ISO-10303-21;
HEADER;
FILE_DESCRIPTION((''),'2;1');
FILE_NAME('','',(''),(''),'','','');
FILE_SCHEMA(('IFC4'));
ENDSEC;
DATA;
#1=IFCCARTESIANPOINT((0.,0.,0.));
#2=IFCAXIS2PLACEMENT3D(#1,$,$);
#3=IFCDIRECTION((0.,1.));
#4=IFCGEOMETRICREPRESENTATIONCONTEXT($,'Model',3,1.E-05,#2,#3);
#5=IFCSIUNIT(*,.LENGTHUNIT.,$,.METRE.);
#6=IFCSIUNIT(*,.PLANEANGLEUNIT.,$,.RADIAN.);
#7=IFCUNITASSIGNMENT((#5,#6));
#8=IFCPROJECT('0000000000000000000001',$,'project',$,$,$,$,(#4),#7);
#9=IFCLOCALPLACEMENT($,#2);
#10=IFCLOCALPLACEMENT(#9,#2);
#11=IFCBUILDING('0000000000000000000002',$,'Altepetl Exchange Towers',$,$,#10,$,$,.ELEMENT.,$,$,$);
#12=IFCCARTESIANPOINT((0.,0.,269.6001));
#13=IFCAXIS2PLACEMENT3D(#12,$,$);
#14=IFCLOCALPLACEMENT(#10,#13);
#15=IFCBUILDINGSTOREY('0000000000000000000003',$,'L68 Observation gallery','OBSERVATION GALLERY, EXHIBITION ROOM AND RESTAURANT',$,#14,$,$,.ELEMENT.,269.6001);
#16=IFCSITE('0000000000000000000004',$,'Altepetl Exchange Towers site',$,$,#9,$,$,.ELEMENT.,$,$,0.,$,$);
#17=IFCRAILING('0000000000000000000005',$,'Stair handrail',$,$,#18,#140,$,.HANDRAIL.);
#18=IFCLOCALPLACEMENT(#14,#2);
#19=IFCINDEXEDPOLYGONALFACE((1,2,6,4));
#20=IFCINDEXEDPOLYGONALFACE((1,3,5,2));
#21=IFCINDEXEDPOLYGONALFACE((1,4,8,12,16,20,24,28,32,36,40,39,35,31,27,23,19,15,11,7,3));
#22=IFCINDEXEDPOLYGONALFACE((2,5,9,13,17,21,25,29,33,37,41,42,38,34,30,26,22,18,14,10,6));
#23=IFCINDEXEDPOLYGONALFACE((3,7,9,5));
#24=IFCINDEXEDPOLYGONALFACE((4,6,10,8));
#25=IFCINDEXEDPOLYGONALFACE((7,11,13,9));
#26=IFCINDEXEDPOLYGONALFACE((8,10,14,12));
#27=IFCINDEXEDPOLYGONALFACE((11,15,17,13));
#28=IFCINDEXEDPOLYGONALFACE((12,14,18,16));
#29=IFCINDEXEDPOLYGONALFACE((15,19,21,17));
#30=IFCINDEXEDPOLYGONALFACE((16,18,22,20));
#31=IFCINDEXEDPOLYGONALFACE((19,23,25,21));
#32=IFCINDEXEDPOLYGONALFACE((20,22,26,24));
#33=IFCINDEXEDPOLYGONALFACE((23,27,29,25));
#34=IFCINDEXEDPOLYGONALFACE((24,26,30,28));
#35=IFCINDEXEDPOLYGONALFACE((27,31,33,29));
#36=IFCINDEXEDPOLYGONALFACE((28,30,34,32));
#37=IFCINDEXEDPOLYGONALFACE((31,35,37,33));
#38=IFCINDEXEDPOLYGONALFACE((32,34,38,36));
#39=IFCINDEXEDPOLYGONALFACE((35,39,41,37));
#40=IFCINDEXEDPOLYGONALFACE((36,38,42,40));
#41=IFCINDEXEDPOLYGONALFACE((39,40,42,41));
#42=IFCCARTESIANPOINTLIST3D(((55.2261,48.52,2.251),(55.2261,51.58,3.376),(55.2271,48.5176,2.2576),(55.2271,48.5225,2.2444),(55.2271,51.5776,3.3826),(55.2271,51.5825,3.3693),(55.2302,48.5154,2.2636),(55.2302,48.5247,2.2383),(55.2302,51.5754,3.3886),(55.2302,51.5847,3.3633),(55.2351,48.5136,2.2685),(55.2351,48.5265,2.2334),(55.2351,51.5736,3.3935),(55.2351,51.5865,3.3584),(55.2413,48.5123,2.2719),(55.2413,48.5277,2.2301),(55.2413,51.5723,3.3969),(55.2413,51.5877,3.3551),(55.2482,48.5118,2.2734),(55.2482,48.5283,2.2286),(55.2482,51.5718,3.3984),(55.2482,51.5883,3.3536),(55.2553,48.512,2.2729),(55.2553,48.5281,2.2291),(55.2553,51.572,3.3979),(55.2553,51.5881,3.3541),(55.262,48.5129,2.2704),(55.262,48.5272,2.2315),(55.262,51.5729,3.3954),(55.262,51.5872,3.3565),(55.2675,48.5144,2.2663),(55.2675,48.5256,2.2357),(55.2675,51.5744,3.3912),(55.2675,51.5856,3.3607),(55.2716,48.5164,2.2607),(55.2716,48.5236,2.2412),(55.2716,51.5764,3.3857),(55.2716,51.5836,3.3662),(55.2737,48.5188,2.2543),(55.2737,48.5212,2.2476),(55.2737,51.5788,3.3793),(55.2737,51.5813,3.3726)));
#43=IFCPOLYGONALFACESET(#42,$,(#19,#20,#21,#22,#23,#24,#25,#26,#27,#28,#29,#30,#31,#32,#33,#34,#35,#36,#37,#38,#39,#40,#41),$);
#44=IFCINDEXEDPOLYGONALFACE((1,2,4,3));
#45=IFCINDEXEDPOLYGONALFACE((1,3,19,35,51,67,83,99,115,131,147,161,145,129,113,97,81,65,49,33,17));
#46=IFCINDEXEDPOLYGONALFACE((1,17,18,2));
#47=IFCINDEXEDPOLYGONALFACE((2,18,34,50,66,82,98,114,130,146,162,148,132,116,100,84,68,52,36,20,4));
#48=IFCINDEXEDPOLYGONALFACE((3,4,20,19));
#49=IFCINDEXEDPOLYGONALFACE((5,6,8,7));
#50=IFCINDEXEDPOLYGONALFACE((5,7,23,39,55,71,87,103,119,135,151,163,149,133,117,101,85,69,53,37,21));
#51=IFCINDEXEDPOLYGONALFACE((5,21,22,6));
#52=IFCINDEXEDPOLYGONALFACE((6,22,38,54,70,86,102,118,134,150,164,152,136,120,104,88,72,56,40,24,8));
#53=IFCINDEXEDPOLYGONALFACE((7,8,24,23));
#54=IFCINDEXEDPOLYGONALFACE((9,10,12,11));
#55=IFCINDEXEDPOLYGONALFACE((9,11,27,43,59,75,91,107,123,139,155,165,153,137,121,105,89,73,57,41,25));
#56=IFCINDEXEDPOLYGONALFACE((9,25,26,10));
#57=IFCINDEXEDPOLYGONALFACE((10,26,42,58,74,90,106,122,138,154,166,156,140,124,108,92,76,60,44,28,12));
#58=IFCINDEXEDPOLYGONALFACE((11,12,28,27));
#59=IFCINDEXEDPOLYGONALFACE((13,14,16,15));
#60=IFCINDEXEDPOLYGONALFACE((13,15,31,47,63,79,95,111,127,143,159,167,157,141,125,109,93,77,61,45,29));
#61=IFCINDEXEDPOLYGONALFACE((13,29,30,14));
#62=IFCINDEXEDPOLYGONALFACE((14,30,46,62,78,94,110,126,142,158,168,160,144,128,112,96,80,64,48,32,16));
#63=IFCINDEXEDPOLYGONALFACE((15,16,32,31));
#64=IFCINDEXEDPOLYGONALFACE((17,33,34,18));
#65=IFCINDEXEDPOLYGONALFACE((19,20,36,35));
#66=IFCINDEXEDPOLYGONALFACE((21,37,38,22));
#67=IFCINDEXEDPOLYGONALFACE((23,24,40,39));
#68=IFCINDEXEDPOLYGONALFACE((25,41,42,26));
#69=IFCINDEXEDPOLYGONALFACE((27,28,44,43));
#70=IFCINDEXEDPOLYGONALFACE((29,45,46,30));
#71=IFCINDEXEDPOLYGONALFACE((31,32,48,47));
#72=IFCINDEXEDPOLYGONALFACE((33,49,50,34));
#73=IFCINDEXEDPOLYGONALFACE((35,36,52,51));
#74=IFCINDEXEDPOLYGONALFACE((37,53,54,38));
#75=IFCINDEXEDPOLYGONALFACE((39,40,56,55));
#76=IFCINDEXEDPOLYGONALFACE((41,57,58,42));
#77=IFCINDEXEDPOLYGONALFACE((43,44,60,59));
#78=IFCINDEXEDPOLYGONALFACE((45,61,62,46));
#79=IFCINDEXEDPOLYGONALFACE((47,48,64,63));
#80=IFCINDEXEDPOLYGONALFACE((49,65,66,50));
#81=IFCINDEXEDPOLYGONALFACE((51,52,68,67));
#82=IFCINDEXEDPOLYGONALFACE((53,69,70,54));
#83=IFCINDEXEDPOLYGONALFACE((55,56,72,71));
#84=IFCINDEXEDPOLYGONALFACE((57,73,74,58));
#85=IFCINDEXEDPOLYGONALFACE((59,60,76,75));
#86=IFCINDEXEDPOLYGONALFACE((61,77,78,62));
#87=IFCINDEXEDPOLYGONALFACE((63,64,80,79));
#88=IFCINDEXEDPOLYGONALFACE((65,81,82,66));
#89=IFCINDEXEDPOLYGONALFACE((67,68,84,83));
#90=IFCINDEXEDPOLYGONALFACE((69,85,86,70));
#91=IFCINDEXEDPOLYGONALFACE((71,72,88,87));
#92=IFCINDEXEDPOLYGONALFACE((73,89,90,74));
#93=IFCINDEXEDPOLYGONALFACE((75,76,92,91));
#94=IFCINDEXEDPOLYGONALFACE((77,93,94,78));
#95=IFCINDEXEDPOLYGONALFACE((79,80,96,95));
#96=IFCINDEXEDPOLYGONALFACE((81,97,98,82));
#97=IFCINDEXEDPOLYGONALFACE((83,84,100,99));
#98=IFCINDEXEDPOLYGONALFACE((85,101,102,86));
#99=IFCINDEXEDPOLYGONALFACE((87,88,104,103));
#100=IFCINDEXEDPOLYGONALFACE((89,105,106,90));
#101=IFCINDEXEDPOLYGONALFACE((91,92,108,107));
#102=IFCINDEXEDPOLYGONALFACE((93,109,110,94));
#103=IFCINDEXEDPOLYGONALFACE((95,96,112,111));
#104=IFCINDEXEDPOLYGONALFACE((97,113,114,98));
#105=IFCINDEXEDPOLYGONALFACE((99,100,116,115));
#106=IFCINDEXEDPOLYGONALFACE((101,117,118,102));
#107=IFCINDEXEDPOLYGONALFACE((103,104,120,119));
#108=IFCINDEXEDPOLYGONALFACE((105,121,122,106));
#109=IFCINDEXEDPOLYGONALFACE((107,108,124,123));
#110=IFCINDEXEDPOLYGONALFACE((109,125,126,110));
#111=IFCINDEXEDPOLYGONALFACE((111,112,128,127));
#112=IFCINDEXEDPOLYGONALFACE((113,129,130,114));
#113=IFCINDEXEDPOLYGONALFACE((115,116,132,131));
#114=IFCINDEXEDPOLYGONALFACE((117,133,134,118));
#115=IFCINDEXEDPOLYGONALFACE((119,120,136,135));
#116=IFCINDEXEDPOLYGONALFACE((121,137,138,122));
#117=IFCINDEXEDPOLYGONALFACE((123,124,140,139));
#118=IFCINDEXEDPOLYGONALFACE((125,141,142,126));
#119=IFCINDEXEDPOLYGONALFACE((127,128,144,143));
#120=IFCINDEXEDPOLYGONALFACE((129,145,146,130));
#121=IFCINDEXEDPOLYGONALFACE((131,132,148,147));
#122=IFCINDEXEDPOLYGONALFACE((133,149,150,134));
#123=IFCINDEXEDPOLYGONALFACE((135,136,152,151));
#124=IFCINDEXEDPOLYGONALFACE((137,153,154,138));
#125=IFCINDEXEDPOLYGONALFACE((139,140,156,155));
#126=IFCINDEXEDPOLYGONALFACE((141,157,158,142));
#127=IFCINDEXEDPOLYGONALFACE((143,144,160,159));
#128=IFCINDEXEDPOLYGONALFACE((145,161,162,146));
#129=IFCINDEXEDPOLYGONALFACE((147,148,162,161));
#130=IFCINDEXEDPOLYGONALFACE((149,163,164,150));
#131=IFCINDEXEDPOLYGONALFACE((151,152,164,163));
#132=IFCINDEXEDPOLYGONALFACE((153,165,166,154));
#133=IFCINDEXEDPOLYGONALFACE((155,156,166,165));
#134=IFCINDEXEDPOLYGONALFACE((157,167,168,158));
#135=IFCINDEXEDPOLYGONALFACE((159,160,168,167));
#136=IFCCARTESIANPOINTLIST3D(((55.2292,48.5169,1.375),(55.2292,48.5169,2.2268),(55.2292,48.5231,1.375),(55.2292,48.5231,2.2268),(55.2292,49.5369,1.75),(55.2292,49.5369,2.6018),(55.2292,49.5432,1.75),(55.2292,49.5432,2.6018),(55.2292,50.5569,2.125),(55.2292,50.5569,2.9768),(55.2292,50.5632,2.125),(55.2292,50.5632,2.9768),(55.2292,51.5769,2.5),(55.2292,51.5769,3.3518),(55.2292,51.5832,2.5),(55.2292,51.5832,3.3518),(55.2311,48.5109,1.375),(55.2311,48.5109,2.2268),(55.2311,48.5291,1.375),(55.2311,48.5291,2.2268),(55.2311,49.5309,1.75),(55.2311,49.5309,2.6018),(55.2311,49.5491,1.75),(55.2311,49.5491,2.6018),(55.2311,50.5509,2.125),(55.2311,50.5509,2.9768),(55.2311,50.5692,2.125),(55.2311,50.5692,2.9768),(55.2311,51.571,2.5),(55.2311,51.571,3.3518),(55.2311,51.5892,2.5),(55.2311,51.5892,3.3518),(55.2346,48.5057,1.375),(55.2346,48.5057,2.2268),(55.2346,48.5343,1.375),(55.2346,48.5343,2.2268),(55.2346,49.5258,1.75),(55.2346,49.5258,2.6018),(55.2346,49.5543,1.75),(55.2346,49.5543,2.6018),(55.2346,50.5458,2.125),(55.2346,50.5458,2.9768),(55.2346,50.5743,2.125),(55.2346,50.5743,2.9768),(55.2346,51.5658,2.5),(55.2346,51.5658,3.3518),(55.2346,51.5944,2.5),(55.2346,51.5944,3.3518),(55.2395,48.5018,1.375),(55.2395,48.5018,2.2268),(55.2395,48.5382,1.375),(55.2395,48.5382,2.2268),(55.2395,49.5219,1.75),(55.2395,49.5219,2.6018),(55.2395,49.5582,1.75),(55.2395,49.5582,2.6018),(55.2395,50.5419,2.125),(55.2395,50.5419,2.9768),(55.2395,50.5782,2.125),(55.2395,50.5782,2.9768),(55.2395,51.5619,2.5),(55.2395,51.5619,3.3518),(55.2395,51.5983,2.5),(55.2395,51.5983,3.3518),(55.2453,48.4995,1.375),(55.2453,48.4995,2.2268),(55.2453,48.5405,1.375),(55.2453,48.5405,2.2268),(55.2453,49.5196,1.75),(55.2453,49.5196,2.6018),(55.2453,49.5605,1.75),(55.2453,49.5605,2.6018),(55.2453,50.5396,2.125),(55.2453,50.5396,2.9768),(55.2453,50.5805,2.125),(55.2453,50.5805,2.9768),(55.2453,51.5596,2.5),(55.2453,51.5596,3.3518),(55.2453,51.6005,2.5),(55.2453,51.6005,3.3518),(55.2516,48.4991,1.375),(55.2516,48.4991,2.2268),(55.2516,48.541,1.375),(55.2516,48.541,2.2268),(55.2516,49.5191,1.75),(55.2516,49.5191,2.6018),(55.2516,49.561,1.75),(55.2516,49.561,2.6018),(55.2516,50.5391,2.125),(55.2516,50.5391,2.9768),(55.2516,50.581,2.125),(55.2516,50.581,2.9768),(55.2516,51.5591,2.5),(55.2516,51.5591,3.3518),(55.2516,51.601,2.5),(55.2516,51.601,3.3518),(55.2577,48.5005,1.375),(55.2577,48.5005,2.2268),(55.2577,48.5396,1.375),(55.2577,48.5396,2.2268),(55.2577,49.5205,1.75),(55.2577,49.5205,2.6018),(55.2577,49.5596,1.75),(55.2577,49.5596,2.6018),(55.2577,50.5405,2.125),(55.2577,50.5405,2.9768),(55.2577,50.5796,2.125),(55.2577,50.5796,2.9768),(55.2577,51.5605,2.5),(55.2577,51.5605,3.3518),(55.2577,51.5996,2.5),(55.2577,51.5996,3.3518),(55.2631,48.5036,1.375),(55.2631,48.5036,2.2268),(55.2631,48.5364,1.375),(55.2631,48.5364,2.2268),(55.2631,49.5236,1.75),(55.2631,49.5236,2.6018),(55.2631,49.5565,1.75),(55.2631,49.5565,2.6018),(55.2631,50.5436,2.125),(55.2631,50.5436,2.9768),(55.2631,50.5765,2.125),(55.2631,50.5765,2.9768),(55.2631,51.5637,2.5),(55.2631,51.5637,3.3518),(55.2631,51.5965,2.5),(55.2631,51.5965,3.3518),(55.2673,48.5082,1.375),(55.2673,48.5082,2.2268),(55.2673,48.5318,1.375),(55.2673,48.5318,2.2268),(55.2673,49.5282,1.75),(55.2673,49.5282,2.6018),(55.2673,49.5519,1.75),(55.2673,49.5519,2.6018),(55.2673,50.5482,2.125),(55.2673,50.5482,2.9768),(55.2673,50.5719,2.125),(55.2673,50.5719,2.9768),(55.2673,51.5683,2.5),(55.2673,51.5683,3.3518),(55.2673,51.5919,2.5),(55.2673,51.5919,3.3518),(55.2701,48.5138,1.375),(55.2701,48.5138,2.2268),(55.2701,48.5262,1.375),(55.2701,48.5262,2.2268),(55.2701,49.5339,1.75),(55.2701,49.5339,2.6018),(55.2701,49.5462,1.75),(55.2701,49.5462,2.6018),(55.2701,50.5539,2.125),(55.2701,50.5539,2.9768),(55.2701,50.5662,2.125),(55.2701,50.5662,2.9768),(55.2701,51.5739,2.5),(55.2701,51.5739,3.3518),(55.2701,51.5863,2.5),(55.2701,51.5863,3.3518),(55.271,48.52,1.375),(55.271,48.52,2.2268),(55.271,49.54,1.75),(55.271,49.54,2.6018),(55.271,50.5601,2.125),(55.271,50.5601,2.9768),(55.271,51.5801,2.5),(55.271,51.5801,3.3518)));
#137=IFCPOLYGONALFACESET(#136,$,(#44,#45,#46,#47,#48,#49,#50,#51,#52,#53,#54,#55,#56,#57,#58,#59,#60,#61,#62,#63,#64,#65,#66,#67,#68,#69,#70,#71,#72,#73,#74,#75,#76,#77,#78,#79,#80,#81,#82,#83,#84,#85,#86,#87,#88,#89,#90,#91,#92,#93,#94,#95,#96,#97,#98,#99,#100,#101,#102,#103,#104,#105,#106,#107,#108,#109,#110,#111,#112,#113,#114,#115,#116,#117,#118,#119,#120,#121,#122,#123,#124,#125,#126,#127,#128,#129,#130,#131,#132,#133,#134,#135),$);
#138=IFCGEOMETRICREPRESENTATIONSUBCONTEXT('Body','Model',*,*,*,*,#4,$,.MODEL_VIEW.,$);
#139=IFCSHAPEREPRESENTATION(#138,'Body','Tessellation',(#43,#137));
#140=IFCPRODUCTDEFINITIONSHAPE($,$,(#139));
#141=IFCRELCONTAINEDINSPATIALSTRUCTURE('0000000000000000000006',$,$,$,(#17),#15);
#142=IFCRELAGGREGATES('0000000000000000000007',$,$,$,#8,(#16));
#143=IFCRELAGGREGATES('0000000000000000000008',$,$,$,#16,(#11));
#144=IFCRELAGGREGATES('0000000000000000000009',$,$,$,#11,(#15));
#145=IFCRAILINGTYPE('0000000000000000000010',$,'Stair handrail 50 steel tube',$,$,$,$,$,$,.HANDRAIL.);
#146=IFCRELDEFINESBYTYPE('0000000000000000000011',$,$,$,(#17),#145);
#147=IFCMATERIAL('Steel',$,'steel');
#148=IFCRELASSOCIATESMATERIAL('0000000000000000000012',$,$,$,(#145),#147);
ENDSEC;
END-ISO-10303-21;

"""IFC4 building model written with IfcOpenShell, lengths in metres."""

from ifc_helpers import new_model, si_unit, direction, frame, origin, origin_2d, place, context, subcontext, project, spatial, circle, extrude, source, transform, mapped, material, type_object, element, save


model = new_model("IFC4")

# Units and contexts
model_context = context("Model", 3, precision=1e-05, world=origin(), true_north=direction((0.0, 1.0)))
body_context = subcontext(model_context, "Body", "Model", "MODEL_VIEW")
ifc_project = project(units=[si_unit("LENGTHUNIT", "METRE"), si_unit("PLANEANGLEUNIT", "RADIAN")], contexts=[model_context])

# Site, building, storey
site_placement = place(None, origin())
site = spatial("IfcSite", under=ifc_project, at=site_placement, Name="Altepetl Exchange Towers site", CompositionType="ELEMENT", RefElevation=0.0)
building_placement = place(site_placement, origin())
building = spatial("IfcBuilding", under=site, at=building_placement, Name="Altepetl Exchange Towers", CompositionType="ELEMENT")
storey_placement = place(building_placement, frame((0.0, 0.0, 269.6001)))
storey = spatial("IfcBuildingStorey", under=building, at=storey_placement, Name="L68 Observation gallery", Description="OBSERVATION GALLERY, EXHIBITION ROOM AND RESTAURANT", CompositionType="ELEMENT", Elevation=269.6001)

# Railing
ifc_material_1 = material(Name="Steel", Category="steel")
railing_type = type_object("IfcRailingType", Name="Stair handrail 50 steel tube", PredefinedType="HANDRAIL", material=ifc_material_1)
shared_shape = source(origin(), body_context, "Body", "SweptSolid", [
    extrude(circle(Radius=0.021, at=origin_2d()), origin(), (0.0, 0.0, 1.0), 0.8518),
])
for number, where, name in (
    (1, (55.25, 48.52, 1.375), "Stair handrail"),
):
    element("IfcRailing", number, at=place(storey_placement, frame(where)), inside=storey, type_object=railing_type, Name=name, PredefinedType="HANDRAIL", context=body_context, shape_type="SweptSolid", body=[
        extrude(circle(Radius=0.0239, at=origin_2d()), frame((0.0, 0.0, 0.876), z_axis=(0.0, 0.938581, 0.34506), x_axis=(-1.0, 0.0, 0.0)), (0.0, 0.0, 1.0), 3.2603),
        mapped(shared_shape, transform((0.0, 0.0, 0.0))),
        mapped(shared_shape, transform((0.0, 1.02, 0.375))),
        mapped(shared_shape, transform((0.0, 2.04, 0.75))),
        mapped(shared_shape, transform((0.0, 3.0601, 1.125))),
    ])

save(model, "model.ifc")
